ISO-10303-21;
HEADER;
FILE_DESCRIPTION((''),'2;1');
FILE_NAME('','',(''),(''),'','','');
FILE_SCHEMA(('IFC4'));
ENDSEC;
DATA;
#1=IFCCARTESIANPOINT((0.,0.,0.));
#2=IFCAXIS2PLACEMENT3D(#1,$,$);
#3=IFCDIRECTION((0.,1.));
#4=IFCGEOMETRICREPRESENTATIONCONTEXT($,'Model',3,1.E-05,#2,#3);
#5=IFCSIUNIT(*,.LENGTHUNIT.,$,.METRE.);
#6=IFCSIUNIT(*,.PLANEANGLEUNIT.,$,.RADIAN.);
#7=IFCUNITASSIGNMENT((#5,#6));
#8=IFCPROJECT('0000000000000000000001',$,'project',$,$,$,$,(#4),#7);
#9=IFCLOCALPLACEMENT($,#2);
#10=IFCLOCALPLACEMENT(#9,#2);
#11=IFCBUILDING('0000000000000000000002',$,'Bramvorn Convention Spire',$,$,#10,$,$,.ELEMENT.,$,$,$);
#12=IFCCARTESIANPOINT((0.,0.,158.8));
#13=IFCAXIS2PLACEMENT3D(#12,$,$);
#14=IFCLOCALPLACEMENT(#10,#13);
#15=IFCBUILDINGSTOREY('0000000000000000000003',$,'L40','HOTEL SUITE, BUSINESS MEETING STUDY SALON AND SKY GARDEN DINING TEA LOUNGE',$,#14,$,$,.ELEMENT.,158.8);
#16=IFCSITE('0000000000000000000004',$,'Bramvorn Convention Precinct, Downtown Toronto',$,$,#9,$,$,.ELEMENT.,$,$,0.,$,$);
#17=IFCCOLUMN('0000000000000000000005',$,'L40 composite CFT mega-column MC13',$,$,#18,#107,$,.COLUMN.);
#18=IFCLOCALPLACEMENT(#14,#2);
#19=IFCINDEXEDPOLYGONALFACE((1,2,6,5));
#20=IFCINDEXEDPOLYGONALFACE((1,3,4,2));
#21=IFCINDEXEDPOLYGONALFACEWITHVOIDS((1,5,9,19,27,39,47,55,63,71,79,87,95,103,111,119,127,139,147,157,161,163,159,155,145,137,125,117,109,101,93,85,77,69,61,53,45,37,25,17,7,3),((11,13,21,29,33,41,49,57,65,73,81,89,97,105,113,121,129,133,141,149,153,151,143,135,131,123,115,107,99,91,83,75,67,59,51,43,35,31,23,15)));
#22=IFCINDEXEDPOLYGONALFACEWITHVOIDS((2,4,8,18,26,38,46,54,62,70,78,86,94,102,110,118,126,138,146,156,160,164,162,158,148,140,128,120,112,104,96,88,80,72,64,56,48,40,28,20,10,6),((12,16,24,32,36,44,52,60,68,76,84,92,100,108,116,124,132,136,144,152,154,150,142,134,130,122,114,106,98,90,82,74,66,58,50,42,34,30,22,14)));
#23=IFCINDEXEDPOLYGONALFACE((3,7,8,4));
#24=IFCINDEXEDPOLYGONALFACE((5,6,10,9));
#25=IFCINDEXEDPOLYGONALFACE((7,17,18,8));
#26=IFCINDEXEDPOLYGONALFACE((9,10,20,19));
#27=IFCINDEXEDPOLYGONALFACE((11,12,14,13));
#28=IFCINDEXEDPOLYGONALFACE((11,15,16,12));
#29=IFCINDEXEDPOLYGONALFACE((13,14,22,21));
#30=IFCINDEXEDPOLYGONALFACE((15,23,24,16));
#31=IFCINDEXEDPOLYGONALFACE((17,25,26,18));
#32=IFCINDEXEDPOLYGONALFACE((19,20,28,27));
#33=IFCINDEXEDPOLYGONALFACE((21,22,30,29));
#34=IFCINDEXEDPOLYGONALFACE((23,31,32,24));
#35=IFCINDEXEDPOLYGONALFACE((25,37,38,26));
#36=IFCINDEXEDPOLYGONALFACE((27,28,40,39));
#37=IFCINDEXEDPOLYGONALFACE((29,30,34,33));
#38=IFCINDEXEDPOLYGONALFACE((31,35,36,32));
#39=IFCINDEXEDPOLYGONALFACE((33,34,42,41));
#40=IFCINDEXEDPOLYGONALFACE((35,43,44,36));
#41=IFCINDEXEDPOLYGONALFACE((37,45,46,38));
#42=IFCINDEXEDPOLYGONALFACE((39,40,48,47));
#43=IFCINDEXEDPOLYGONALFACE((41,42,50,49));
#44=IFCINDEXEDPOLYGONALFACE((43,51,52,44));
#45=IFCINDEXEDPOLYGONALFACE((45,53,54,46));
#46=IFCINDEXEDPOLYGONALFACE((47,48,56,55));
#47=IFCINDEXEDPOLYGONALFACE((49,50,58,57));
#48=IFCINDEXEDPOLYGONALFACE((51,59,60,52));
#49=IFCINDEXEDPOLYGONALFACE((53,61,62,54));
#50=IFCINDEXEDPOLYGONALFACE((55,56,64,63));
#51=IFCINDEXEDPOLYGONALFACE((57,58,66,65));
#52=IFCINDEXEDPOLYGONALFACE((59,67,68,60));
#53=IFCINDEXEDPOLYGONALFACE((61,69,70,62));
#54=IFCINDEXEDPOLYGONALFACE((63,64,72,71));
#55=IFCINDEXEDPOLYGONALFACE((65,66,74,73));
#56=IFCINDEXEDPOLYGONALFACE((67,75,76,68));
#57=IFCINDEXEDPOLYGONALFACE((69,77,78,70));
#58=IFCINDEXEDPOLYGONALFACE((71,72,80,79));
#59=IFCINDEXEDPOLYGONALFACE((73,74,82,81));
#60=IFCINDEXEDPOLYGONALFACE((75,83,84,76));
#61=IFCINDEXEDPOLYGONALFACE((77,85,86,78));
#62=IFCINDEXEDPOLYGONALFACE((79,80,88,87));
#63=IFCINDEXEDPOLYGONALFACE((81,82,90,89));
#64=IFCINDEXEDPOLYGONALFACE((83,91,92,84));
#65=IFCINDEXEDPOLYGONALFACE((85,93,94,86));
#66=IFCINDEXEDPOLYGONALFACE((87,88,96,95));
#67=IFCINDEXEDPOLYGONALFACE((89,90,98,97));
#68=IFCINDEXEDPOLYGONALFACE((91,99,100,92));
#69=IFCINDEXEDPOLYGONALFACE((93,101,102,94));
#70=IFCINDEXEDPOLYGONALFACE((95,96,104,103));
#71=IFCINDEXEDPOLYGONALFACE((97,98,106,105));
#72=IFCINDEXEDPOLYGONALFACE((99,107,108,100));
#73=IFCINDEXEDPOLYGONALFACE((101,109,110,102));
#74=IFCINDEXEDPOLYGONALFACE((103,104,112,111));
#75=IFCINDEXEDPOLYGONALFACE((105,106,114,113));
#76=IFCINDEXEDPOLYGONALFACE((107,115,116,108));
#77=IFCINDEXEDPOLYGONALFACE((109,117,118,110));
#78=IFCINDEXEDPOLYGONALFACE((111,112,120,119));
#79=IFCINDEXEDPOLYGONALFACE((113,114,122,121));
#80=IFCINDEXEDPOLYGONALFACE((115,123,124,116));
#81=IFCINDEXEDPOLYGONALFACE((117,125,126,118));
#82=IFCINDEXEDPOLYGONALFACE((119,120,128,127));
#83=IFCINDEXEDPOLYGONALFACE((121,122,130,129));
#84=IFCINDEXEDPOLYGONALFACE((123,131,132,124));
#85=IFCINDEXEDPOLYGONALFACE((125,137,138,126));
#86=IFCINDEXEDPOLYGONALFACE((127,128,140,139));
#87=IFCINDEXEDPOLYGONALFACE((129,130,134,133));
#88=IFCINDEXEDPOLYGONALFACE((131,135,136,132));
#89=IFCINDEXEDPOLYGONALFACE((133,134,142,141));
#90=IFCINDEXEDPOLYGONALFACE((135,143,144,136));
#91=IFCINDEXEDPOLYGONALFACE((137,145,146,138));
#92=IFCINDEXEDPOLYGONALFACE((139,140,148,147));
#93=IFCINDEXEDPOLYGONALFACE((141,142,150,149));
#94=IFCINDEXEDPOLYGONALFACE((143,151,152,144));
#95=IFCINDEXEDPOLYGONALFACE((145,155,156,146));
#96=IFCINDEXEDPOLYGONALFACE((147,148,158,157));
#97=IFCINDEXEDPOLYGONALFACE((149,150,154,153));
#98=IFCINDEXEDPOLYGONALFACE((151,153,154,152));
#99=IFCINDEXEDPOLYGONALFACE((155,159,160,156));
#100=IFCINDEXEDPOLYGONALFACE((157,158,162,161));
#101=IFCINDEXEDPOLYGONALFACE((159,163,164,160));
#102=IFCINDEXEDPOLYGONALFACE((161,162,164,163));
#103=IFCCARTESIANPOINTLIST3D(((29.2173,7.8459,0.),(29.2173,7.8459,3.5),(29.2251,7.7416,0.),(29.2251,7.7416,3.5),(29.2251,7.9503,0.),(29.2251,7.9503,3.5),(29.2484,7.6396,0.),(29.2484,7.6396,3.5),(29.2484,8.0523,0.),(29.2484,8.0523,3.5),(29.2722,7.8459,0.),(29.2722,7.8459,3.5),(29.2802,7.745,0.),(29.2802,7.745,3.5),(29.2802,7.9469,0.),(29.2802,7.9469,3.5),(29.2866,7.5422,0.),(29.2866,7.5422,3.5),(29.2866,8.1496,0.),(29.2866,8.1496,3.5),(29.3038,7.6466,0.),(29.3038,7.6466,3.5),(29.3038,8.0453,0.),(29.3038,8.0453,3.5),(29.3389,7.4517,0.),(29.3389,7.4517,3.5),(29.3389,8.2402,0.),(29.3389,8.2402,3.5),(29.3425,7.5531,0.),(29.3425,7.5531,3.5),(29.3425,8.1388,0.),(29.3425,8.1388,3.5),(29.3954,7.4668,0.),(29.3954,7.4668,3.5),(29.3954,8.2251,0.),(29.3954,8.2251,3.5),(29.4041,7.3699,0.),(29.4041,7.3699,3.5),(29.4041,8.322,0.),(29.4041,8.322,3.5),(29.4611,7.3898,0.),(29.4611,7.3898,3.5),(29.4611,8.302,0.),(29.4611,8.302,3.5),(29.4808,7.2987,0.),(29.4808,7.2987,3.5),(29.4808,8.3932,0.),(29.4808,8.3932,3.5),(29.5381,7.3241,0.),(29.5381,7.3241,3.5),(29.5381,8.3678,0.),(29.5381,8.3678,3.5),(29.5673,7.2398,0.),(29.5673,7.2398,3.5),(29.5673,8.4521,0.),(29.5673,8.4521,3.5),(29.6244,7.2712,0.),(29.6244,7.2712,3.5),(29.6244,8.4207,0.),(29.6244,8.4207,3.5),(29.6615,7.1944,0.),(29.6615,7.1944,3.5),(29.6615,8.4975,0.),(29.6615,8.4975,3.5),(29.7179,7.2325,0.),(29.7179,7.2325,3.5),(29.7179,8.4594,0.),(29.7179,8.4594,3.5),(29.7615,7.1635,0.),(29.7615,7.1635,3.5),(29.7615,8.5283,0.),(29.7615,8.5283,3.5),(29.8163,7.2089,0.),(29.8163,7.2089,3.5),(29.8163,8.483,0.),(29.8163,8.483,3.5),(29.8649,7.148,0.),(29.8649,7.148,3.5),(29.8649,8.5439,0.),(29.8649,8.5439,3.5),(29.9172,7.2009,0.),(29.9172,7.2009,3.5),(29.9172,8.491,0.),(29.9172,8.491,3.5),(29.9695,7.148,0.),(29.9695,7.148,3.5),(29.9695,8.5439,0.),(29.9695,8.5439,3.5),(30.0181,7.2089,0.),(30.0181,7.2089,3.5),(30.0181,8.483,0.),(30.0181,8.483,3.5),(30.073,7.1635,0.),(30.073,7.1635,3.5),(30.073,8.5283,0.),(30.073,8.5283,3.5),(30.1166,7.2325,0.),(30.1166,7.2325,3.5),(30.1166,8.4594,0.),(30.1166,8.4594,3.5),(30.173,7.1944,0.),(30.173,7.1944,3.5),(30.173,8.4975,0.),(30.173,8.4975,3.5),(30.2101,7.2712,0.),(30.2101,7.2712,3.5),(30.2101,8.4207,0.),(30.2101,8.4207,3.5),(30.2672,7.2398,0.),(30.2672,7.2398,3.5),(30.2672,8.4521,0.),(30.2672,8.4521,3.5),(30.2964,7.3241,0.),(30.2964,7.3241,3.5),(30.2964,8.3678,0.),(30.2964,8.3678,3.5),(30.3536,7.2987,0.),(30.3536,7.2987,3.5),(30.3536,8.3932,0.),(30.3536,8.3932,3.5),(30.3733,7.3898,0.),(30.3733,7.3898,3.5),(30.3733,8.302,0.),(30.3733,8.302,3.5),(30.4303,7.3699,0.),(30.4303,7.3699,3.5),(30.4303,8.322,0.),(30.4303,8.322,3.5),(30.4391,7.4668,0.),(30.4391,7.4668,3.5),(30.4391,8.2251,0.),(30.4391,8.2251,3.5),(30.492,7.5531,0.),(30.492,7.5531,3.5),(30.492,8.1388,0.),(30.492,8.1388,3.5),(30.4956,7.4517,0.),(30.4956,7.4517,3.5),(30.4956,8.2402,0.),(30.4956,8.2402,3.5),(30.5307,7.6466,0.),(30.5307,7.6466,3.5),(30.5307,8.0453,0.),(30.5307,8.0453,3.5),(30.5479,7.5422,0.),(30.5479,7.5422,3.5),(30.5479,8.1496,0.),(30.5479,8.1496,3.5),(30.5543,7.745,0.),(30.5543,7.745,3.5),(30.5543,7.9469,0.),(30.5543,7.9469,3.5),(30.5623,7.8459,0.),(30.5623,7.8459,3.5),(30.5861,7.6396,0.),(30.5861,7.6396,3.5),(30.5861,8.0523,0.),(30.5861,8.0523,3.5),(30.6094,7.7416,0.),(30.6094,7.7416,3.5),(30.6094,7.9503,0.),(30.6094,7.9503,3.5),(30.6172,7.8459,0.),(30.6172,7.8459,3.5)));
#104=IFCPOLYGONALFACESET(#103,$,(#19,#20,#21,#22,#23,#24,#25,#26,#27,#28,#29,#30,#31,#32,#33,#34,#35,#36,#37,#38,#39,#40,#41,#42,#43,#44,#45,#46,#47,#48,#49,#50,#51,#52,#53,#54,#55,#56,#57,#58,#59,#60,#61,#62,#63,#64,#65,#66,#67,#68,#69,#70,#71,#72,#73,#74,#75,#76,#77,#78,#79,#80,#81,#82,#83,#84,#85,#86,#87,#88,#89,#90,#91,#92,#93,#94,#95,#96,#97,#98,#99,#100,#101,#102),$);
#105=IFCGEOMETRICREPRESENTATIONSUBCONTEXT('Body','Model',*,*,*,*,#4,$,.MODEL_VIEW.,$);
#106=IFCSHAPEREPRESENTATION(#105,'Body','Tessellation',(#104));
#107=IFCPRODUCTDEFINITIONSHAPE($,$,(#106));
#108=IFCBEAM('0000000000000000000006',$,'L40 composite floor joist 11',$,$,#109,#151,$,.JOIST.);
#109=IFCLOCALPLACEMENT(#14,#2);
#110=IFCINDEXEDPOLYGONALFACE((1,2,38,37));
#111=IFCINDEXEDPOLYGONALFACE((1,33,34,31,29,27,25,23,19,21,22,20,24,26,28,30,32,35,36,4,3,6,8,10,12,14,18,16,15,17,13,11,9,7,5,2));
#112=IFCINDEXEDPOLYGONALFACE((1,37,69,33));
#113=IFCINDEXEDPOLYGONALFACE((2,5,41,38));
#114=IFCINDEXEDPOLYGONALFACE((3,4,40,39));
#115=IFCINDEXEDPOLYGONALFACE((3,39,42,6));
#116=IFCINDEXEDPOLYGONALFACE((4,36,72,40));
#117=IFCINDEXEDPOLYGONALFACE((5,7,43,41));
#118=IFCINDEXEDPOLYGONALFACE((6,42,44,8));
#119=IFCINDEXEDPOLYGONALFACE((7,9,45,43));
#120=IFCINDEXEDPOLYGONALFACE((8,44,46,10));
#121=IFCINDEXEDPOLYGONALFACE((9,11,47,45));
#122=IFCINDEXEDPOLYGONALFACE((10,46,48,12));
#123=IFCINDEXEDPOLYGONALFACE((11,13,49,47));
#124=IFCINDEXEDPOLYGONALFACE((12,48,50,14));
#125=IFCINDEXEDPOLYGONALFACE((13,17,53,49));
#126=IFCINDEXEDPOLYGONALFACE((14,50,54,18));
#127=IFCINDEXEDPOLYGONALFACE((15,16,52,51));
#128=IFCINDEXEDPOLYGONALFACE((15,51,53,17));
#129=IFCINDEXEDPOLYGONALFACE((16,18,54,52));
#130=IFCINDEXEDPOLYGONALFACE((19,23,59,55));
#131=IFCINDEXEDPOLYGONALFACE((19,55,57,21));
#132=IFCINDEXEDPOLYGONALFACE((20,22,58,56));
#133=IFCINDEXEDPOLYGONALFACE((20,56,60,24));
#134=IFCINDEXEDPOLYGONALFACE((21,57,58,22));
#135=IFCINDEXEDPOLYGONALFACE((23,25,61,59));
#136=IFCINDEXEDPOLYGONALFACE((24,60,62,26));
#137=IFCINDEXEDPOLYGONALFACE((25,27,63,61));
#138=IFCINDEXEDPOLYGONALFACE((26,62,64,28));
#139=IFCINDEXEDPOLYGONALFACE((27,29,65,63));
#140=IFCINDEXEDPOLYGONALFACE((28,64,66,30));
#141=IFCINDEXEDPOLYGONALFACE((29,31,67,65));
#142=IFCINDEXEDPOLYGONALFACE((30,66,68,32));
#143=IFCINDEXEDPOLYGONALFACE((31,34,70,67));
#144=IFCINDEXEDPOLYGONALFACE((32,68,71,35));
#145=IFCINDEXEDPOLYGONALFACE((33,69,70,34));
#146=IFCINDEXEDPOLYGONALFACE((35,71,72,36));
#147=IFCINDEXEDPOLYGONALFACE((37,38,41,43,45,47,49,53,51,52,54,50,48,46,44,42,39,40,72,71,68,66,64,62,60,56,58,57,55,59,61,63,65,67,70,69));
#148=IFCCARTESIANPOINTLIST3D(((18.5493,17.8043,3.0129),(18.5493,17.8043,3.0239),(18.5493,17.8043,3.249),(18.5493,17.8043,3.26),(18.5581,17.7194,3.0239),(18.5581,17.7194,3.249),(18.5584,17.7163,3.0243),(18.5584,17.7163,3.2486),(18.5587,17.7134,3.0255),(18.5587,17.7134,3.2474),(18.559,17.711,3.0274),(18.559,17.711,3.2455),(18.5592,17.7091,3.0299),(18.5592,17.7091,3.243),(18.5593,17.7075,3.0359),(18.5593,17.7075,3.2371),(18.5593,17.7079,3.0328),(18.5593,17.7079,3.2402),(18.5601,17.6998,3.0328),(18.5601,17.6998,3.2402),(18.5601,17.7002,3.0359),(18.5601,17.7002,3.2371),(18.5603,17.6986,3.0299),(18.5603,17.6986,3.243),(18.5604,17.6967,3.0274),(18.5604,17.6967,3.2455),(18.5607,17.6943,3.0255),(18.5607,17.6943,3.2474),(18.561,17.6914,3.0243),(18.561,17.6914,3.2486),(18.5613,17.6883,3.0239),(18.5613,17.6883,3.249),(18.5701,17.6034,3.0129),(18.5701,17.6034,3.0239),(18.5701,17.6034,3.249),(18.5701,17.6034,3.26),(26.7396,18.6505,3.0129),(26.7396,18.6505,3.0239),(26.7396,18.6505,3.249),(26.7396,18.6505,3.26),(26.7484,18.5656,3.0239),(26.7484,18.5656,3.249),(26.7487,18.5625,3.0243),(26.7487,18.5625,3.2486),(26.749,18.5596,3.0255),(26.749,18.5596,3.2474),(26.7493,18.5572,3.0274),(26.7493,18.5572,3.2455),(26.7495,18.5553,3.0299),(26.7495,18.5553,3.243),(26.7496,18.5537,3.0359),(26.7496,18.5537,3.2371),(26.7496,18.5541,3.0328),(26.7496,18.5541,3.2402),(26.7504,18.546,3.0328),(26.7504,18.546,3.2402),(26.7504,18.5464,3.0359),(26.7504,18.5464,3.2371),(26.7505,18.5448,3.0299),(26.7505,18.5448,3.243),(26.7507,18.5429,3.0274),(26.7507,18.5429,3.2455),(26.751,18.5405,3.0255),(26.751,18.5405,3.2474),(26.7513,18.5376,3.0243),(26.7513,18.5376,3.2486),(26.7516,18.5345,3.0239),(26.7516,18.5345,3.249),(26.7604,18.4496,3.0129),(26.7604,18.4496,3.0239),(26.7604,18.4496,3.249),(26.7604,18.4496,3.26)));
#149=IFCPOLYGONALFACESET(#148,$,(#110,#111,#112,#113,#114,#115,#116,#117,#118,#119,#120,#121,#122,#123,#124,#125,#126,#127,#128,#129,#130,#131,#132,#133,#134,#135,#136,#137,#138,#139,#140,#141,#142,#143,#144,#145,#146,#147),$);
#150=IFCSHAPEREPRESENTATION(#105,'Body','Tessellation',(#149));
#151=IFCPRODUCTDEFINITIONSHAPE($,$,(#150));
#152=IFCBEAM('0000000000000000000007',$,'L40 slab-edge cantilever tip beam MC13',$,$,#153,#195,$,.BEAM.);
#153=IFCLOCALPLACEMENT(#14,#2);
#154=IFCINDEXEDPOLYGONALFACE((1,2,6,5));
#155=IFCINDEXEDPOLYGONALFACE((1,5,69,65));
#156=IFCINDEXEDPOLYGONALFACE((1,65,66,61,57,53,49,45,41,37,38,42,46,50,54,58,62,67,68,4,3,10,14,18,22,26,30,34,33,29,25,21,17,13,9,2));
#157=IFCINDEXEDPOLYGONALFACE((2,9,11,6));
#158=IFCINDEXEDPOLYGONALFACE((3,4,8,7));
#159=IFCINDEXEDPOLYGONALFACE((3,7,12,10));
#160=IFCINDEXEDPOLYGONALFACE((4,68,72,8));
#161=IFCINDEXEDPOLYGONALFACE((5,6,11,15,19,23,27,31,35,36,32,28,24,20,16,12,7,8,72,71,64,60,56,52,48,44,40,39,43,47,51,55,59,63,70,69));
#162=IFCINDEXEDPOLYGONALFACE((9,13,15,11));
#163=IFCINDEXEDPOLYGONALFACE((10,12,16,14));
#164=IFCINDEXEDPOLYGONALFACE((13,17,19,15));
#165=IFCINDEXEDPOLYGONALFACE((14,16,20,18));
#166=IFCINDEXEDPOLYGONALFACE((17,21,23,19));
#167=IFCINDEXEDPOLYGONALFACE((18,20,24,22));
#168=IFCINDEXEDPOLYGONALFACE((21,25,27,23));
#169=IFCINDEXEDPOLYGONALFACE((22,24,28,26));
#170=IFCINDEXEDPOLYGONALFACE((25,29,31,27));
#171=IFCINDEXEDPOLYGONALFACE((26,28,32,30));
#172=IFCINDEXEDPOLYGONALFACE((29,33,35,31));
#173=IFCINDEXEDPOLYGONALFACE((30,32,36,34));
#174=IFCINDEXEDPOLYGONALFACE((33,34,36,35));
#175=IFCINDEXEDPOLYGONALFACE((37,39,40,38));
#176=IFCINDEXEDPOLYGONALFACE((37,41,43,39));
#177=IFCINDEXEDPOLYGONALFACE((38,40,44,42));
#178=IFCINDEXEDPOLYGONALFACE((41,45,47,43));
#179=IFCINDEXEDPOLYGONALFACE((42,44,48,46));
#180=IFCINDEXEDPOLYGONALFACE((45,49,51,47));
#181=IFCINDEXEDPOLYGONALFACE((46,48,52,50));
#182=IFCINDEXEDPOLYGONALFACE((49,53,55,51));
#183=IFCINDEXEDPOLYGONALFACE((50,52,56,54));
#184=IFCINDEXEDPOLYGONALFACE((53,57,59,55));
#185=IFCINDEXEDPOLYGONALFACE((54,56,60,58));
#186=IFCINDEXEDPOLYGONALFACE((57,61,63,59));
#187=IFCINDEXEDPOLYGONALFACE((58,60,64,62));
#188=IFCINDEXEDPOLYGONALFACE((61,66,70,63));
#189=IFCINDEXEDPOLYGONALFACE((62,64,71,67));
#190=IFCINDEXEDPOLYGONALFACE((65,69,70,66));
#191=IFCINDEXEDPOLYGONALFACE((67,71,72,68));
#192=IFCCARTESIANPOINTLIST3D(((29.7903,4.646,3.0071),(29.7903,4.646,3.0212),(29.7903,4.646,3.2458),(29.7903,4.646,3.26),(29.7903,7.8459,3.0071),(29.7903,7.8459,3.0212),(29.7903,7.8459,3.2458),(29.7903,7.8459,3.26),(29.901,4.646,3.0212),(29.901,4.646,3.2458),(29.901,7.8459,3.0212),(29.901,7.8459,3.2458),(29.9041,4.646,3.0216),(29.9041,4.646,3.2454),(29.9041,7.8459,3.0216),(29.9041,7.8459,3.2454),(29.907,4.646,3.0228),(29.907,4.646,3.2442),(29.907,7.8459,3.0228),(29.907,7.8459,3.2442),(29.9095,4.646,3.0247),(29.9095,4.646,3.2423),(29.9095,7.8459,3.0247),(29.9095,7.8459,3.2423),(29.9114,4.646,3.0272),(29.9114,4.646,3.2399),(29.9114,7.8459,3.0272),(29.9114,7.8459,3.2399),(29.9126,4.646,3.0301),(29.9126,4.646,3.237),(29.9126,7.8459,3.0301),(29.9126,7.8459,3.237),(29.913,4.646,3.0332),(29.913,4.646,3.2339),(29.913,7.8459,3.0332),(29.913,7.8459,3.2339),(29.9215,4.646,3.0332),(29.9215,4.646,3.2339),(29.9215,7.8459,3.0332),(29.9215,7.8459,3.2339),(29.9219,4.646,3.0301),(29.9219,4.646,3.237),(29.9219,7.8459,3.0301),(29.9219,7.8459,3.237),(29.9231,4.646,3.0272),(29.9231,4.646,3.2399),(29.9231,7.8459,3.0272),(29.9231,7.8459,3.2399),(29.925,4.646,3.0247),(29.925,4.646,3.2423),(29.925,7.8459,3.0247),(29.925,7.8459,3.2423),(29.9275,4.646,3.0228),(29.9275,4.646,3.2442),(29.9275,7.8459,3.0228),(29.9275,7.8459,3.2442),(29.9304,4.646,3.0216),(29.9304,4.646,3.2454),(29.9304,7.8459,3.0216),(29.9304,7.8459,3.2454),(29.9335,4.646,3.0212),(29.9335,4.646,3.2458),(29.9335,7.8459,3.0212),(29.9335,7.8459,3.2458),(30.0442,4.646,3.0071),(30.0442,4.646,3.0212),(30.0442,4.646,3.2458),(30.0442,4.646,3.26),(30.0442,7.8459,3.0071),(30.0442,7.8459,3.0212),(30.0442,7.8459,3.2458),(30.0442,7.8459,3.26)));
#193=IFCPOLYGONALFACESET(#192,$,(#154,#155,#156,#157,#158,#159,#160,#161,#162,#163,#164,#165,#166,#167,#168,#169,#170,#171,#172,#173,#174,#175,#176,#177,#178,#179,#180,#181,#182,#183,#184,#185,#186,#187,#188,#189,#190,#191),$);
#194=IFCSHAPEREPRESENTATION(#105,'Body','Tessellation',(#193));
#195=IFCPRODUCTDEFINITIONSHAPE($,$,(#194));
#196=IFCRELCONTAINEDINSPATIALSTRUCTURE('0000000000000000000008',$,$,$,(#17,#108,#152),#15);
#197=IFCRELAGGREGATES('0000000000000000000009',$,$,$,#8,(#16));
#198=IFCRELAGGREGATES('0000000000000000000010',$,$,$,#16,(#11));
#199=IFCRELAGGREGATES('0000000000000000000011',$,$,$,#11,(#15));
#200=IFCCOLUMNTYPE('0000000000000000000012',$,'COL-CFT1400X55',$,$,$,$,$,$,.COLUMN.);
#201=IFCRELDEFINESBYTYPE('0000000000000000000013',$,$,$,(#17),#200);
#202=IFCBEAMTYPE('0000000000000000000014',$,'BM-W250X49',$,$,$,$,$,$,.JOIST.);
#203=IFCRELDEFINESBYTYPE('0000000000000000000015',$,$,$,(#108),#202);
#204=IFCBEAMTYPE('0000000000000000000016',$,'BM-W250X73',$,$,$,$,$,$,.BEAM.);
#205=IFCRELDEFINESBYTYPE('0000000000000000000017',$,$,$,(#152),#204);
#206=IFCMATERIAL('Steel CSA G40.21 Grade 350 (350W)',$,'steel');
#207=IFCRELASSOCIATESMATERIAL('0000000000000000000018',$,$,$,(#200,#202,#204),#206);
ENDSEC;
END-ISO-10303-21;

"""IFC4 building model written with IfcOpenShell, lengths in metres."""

from ifc_helpers import new_model, si_unit, direction, frame, origin, origin_2d, place, context, subcontext, project, spatial, hollow_circle, i_section, extrude, material, material_profile, profile_set, type_object, element, save


model = new_model("IFC4")

# Units and contexts
model_context = context("Model", 3, precision=1e-05, world=origin(), true_north=direction((0.0, 1.0)))
body_context = subcontext(model_context, "Body", "Model", "MODEL_VIEW")
ifc_project = project(units=[si_unit("LENGTHUNIT", "METRE"), si_unit("PLANEANGLEUNIT", "RADIAN")], contexts=[model_context])

# Site, building, storey
site_placement = place(None, origin())
site = spatial("IfcSite", under=ifc_project, at=site_placement, Name="Bramvorn Convention Precinct, Downtown Toronto", CompositionType="ELEMENT", RefElevation=0.0)
building_placement = place(site_placement, origin())
building = spatial("IfcBuilding", under=site, at=building_placement, Name="Bramvorn Convention Spire", CompositionType="ELEMENT")
storey_placement = place(building_placement, frame((0.0, 0.0, 158.8)))
storey = spatial("IfcBuildingStorey", under=building, at=storey_placement, Name="L40", Description="HOTEL SUITE, BUSINESS MEETING STUDY SALON AND SKY GARDEN DINING TEA LOUNGE", CompositionType="ELEMENT", Elevation=158.8)

# Column
ifc_material_1 = material(Name="Steel CSA G40.21 Grade 350 (350W)", Category="steel")
ifc_material_profile_1 = material_profile(ifc_material_1, hollow_circle(Radius=0.7, WallThickness=0.0549, at=origin_2d()))
ifc_profile_set_1 = profile_set([ifc_material_profile_1], Name="Steel CSA G40.21 Grade 350 (350W) - CFT1400X55")
column_type = type_object("IfcColumnType", Name="COL-CFT1400X55", PredefinedType="COLUMN", material=ifc_profile_set_1)
column_placement = place(storey_placement, frame((29.9172, 7.8459, 0.0), z_axis=(0.0, 0.0, 1.0), x_axis=(1.0, 0.0, 0.0)))
element("IfcColumn", 1, at=column_placement, inside=storey, type_object=column_type, Name="L40 composite CFT mega-column MC13", PredefinedType="COLUMN", context=body_context, shape_type="SweptSolid", body=[
    extrude(hollow_circle(Radius=0.7, WallThickness=0.0549, at=origin_2d()), origin(), (0.0, 0.0, 1.0), 3.5),
])

# Beams
ifc_material_profile_2 = material_profile(ifc_material_1, i_section(OverallWidth=0.2019, OverallDepth=0.2471, WebThickness=0.0073, FlangeThickness=0.011, FilletRadius=0.012, at=origin_2d()))
ifc_profile_set_2 = profile_set([ifc_material_profile_2], Name="Steel CSA G40.21 Grade 350 (350W) - W250X49")
beam_type_1 = type_object("IfcBeamType", Name="BM-W250X49", PredefinedType="JOIST", material=ifc_profile_set_2)
beam_1_placement = place(storey_placement, frame((26.75, 18.55, 3.1365), z_axis=(-0.994705, -0.102771, 0.0), x_axis=(0.102771, -0.994705, 0.0)))
element("IfcBeam", 2, at=beam_1_placement, inside=storey, type_object=beam_type_1, Name="L40 composite floor joist 11", PredefinedType="JOIST", context=body_context, shape_type="SweptSolid", body=[
    extrude(i_section(OverallWidth=0.2019, OverallDepth=0.2471, WebThickness=0.0073, FlangeThickness=0.011, FilletRadius=0.012, at=origin_2d()), origin(), (0.0, 0.0, 1.0), 8.2339),
])
ifc_material_profile_3 = material_profile(ifc_material_1, i_section(OverallWidth=0.2539, OverallDepth=0.2529, WebThickness=0.0085, FlangeThickness=0.0142, FilletRadius=0.012, at=origin_2d()))
ifc_profile_set_3 = profile_set([ifc_material_profile_3], Name="Steel CSA G40.21 Grade 350 (350W) - W250X73")
beam_type_2 = type_object("IfcBeamType", Name="BM-W250X73", PredefinedType="BEAM", material=ifc_profile_set_3)
beam_2_placement = place(storey_placement, frame((29.9172, 7.8459, 3.1335), z_axis=(0.0, -1.0, 0.0), x_axis=(1.0, 0.0, 0.0)))
element("IfcBeam", 3, at=beam_2_placement, inside=storey, type_object=beam_type_2, Name="L40 slab-edge cantilever tip beam MC13", PredefinedType="BEAM", context=body_context, shape_type="SweptSolid", body=[
    extrude(i_section(OverallWidth=0.2539, OverallDepth=0.2529, WebThickness=0.0085, FlangeThickness=0.0142, FilletRadius=0.012, at=origin_2d()), origin(), (0.0, 0.0, 1.0), 3.2),
])

save(model, "model.ifc")
